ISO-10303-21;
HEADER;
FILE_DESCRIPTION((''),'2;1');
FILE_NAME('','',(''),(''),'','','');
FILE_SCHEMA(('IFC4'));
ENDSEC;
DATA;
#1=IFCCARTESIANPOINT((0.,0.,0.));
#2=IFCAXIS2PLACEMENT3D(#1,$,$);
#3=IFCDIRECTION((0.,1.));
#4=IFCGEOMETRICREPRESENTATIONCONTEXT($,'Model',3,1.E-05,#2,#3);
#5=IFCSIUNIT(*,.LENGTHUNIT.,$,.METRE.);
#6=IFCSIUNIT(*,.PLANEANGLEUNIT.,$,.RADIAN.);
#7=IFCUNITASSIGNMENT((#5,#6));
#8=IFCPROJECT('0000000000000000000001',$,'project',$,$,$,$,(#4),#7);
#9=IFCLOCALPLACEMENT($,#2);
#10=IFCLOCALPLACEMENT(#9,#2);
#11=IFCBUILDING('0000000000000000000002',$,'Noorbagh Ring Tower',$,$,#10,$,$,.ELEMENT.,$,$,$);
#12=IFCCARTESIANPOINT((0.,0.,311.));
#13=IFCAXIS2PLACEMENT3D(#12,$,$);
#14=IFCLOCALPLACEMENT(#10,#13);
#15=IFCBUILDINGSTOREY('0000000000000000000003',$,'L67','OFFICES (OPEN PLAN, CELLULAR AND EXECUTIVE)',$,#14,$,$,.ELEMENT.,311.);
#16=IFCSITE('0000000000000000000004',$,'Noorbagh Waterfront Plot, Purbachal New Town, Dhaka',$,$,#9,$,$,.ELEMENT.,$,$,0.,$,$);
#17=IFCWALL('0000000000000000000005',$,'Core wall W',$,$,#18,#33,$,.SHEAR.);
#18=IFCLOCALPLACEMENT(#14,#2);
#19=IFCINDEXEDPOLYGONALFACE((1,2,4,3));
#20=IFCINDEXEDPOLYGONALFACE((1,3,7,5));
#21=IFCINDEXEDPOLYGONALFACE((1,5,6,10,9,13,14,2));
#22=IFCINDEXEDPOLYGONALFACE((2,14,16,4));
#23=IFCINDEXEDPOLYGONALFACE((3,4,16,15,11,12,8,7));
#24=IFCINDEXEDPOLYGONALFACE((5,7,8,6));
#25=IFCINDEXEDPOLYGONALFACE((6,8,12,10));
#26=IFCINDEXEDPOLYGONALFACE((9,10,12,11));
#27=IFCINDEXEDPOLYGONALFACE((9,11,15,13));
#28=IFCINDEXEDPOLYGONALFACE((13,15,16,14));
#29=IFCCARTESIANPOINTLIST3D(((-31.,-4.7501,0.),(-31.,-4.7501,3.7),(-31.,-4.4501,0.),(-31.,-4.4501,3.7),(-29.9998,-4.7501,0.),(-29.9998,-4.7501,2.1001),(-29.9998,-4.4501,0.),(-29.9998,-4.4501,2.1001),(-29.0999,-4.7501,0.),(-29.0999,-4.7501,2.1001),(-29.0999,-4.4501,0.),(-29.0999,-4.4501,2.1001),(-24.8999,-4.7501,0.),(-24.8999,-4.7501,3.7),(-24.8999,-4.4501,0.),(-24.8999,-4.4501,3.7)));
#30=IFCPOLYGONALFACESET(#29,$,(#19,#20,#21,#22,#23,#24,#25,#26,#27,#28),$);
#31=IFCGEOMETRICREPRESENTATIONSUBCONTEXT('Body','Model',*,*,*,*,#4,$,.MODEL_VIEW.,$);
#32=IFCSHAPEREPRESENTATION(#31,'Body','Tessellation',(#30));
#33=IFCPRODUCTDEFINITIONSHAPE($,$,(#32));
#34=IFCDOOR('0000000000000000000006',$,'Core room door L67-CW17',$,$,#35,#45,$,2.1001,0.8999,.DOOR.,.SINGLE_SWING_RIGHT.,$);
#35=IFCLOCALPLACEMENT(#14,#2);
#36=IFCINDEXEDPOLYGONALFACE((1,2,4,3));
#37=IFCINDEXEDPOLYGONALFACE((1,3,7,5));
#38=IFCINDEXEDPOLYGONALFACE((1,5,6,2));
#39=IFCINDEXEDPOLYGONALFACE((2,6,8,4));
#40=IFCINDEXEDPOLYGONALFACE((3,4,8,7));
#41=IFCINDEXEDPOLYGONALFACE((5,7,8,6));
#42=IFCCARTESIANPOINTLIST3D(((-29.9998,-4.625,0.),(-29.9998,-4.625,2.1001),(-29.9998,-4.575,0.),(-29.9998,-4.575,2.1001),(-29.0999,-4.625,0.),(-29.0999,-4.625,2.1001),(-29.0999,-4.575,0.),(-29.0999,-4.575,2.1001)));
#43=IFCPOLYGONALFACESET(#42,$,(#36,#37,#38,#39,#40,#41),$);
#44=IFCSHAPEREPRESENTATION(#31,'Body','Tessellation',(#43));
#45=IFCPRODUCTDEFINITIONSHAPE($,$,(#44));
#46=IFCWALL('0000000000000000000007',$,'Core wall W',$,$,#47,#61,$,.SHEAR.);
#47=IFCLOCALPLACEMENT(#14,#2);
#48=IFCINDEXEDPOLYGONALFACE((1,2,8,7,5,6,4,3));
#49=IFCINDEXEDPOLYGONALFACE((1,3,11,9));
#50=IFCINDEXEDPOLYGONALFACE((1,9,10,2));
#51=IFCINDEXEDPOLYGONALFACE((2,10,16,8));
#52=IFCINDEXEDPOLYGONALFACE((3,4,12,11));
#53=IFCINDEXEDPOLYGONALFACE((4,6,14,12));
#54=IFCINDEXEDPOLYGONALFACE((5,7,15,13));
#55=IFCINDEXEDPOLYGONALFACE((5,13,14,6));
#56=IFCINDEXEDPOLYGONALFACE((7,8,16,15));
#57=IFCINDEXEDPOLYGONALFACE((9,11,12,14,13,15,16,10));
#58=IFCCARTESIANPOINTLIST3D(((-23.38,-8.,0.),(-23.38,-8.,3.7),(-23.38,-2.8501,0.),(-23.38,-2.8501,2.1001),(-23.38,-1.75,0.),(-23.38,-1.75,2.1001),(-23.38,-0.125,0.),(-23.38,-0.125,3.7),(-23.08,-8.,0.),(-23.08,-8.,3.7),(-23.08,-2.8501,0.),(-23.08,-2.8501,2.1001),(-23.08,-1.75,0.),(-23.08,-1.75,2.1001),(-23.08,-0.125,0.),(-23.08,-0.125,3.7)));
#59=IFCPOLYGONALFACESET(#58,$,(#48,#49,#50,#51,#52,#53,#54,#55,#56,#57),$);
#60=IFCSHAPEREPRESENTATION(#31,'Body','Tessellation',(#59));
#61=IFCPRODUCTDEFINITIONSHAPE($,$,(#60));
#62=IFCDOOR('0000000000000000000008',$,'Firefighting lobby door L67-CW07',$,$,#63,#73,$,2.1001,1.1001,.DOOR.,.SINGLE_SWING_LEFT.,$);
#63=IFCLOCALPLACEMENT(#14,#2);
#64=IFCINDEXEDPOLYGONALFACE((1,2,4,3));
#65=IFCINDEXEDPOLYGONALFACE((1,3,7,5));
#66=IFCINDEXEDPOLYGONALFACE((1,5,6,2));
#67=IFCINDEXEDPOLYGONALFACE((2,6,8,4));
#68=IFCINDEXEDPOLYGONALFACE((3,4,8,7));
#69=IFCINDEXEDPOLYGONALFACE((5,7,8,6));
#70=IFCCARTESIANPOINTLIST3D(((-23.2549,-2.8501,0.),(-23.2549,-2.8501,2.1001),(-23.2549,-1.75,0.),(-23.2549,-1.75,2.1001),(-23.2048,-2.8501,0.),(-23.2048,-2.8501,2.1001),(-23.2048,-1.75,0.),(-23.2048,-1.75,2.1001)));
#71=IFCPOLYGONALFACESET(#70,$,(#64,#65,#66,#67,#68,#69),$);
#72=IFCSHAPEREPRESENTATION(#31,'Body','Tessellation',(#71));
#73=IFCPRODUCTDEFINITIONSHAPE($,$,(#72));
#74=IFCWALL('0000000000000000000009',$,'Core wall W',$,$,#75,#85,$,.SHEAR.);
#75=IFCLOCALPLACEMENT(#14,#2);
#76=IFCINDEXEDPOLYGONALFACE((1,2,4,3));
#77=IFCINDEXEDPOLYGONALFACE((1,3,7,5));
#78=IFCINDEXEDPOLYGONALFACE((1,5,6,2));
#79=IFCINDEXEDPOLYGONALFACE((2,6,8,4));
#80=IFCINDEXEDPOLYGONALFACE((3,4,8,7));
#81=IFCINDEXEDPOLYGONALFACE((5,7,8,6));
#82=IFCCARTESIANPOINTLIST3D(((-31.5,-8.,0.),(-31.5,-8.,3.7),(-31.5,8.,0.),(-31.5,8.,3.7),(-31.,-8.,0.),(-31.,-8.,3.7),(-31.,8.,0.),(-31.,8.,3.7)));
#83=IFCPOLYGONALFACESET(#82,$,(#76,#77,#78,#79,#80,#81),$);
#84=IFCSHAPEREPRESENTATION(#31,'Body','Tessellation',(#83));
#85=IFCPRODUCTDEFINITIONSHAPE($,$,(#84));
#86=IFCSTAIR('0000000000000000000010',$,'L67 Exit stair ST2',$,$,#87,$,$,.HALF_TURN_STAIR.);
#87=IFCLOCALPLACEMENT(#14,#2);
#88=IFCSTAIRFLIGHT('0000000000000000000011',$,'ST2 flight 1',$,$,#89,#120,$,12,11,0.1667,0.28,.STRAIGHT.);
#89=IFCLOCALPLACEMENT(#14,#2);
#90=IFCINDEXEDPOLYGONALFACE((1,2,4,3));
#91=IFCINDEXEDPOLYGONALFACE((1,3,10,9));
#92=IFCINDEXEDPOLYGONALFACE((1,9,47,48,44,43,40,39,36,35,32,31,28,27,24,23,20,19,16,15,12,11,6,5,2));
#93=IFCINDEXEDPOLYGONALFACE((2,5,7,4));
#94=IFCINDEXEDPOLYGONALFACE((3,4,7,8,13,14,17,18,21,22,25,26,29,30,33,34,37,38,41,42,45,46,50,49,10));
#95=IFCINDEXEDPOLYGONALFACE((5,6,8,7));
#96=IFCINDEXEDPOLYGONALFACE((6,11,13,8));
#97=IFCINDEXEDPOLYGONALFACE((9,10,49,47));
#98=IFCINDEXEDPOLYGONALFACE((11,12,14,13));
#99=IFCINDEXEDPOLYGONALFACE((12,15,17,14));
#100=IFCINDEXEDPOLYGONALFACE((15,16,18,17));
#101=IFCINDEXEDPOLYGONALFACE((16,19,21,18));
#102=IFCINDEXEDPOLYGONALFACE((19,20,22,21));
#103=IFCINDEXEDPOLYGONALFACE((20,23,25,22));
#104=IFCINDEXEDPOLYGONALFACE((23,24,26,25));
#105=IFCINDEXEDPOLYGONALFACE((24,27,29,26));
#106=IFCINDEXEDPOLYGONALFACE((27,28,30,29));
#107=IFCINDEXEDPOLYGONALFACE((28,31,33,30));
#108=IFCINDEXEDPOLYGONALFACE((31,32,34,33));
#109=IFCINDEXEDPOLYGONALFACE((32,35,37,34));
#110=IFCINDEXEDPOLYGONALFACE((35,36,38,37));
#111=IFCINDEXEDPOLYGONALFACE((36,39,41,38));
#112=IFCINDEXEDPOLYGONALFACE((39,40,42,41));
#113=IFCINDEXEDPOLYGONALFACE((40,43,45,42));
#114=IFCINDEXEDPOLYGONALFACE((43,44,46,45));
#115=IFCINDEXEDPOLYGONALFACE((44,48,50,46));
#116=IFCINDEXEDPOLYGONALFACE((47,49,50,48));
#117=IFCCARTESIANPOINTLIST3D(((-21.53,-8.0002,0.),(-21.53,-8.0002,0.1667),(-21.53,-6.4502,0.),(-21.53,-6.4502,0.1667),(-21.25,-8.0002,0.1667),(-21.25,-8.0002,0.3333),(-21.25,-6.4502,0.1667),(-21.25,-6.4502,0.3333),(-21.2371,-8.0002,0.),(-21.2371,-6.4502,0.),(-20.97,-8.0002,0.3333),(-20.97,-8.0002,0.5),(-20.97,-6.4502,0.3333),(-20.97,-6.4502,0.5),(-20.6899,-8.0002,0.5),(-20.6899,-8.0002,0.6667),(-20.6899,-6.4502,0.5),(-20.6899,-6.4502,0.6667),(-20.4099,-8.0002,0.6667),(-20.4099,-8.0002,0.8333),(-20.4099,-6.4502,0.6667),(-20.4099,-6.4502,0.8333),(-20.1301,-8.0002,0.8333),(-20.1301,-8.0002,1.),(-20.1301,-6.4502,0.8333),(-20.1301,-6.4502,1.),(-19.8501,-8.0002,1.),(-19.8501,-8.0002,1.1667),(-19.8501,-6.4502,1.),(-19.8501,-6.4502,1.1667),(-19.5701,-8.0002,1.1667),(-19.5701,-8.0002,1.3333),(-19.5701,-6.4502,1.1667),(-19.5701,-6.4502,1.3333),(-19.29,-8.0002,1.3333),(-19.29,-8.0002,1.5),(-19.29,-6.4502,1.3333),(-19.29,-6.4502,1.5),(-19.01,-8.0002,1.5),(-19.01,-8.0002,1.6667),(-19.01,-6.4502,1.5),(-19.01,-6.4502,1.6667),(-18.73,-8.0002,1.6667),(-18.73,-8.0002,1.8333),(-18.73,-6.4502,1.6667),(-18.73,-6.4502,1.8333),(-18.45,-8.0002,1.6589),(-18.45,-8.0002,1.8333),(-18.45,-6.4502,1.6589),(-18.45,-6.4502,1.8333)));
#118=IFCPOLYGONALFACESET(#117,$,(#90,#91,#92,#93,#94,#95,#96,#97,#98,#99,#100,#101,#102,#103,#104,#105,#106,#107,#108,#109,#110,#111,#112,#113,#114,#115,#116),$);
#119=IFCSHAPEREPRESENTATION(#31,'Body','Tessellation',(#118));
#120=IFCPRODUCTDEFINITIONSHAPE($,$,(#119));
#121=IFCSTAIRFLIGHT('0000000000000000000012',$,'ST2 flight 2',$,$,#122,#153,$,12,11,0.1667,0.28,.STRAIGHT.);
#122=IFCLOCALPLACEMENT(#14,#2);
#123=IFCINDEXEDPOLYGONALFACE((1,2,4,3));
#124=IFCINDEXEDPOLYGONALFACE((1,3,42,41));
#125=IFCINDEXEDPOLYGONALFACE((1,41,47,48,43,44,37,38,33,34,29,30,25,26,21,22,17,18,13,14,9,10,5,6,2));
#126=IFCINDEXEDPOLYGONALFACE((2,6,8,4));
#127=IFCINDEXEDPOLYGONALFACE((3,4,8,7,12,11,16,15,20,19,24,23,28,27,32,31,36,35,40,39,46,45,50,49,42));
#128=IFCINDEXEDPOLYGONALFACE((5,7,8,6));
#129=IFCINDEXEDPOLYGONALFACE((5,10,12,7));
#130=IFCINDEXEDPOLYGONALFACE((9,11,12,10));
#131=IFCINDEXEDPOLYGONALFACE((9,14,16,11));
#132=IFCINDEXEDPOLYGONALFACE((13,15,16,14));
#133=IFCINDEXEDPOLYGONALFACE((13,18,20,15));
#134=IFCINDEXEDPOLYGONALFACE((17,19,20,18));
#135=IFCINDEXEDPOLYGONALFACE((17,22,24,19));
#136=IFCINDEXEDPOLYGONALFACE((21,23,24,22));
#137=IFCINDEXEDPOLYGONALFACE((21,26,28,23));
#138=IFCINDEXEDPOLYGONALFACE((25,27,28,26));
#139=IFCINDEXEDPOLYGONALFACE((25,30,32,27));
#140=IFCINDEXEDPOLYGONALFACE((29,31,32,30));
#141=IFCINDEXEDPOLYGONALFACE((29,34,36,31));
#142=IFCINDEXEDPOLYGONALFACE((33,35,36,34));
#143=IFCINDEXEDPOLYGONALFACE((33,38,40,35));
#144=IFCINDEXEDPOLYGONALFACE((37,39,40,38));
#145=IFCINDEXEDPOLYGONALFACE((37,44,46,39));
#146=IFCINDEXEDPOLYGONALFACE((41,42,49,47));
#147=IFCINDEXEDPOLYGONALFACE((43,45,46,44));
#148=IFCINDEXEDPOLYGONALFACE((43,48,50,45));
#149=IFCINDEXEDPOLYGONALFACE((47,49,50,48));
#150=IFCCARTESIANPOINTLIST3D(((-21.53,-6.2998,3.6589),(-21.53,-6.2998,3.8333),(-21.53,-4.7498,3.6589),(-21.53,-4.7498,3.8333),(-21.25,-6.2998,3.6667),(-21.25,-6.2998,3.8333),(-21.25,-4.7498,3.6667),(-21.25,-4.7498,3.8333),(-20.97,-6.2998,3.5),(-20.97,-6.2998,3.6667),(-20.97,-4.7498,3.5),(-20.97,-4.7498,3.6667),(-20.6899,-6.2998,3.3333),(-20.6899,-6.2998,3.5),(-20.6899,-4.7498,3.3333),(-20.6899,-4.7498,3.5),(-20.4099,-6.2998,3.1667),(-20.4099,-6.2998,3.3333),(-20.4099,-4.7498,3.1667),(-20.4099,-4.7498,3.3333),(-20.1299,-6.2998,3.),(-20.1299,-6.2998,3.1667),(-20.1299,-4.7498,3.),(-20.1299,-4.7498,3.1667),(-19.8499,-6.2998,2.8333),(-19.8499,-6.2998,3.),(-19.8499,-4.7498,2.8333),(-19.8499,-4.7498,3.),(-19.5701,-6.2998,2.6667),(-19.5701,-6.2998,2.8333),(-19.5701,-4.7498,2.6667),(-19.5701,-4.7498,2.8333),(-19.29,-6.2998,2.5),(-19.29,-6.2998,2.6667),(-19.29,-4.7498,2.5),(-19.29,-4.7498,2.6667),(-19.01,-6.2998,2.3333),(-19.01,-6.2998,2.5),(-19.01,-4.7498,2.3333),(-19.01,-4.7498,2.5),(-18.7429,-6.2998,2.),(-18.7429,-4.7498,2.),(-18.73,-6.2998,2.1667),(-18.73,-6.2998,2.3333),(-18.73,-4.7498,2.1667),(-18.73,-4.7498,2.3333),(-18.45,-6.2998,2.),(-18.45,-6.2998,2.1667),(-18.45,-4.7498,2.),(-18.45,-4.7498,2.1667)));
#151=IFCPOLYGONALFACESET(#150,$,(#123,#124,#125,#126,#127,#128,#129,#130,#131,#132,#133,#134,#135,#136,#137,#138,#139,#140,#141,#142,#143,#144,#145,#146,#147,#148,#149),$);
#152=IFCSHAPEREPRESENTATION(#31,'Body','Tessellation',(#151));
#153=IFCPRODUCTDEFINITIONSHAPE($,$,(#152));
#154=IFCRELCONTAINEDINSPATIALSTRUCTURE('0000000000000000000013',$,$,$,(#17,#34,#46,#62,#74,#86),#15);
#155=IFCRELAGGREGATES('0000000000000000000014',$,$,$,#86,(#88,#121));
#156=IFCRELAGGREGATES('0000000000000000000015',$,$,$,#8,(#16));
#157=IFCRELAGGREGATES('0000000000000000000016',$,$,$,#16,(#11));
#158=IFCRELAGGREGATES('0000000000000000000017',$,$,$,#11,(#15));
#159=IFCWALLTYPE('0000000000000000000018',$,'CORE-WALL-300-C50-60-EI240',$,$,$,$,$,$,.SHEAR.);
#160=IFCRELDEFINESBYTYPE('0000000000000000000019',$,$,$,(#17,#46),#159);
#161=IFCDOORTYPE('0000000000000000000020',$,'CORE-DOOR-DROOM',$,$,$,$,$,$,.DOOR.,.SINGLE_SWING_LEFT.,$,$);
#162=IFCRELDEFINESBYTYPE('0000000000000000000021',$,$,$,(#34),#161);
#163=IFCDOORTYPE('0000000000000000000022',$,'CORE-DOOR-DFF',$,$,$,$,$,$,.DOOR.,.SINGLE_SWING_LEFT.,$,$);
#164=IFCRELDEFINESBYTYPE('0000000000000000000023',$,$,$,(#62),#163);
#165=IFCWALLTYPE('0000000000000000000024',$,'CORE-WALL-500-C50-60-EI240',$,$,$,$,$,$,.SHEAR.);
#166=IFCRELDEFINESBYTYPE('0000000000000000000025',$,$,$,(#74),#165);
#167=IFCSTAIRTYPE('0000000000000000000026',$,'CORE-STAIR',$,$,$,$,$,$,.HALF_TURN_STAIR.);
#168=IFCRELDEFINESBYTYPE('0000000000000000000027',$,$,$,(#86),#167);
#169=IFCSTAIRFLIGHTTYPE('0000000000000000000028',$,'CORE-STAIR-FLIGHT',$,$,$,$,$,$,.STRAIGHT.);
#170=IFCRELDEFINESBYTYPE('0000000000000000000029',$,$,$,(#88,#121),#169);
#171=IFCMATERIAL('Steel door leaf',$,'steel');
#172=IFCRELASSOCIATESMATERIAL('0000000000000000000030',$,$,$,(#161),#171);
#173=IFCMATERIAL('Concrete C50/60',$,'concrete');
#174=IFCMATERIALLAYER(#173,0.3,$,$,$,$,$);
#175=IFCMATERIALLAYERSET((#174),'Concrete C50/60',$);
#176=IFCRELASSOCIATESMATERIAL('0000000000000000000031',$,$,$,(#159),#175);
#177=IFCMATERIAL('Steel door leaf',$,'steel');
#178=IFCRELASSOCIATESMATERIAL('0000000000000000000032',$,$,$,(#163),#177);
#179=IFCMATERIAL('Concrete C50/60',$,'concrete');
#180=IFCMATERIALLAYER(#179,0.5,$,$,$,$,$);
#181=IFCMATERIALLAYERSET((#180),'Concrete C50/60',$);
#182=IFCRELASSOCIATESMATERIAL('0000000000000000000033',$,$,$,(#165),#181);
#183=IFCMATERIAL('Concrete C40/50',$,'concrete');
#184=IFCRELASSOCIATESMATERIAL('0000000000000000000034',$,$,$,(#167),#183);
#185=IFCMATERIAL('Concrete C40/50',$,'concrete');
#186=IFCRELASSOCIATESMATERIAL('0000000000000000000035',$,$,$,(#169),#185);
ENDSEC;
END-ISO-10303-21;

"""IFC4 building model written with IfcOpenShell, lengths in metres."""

from ifc_helpers import new_model, si_unit, direction, frame, frame_2d, origin, place, context, subcontext, project, spatial, polyline, rectangle, outline, extrude, material, layer, layer_set, type_object, element, fill, aggregate, save


model = new_model("IFC4")

# Units and contexts
model_context = context("Model", 3, precision=1e-05, world=origin(), true_north=direction((0.0, 1.0)))
body_context = subcontext(model_context, "Body", "Model", "MODEL_VIEW")
ifc_project = project(units=[si_unit("LENGTHUNIT", "METRE"), si_unit("PLANEANGLEUNIT", "RADIAN")], contexts=[model_context])

# Site, building, storey
site_placement = place(None, origin())
site = spatial("IfcSite", under=ifc_project, at=site_placement, Name="Noorbagh Waterfront Plot, Purbachal New Town, Dhaka", CompositionType="ELEMENT", RefElevation=0.0)
building_placement = place(site_placement, origin())
building = spatial("IfcBuilding", under=site, at=building_placement, Name="Noorbagh Ring Tower", CompositionType="ELEMENT")
storey_placement = place(building_placement, frame((0.0, 0.0, 311.0)))
storey = spatial("IfcBuildingStorey", under=building, at=storey_placement, Name="L67", Description="OFFICES (OPEN PLAN, CELLULAR AND EXECUTIVE)", CompositionType="ELEMENT", Elevation=311.0)

# Shared definitions
ifc_material_1 = material(Name="Steel door leaf", Category="steel")
door_type_1 = type_object("IfcDoorType", Name="CORE-DOOR-DROOM", OperationType="SINGLE_SWING_LEFT", PredefinedType="DOOR", material=ifc_material_1)

# Walls, openings, doors
ifc_material_2 = material(Name="Concrete C50/60", Category="concrete")
ifc_layer_1 = layer(ifc_material_2, 0.3)
ifc_layer_set_1 = layer_set([ifc_layer_1], Name="Concrete C50/60")
wall_type_1 = type_object("IfcWallType", Name="CORE-WALL-300-C50-60-EI240", PredefinedType="SHEAR", material=ifc_layer_set_1)
wall_1_placement = place(storey_placement, frame((-24.8999, -4.6001, 0.0), z_axis=(0.0, 0.0, 1.0), x_axis=(-1.0, 0.0, 0.0)))
wall_1 = element("IfcWall", 1, at=wall_1_placement, inside=storey, type_object=wall_type_1, Name="Core wall W", PredefinedType="SHEAR", context=body_context, shape_type="SweptSolid", body=[
    extrude(rectangle(XDim=6.1001, YDim=0.3, at=frame_2d((3.05, 0.0))), origin(), (0.0, 0.0, 1.0), 3.7),
])
opening_1_placement = place(wall_1_placement, frame((4.2, 0.0, 0.0)))
opening_1 = element("IfcOpeningElement", 2, at=opening_1_placement, cuts=wall_1, PredefinedType="OPENING", context=body_context, shape_type="SweptSolid", body=[
    extrude(rectangle(XDim=0.8999, YDim=2.1001, at=frame_2d((0.45, 1.05))), frame((0.0, 0.1602, 0.0), z_axis=(0.0, -1.0, 0.0), x_axis=(1.0, 0.0, 0.0)), (0.0, 0.0, 1.0), 0.3201),
])
door_1_placement = place(opening_1_placement, origin())
door_1 = element("IfcDoor", 3, at=door_1_placement, inside=storey, type_object=door_type_1, Name="Core room door L67-CW17", OperationType="SINGLE_SWING_RIGHT", OverallHeight=2.1001, OverallWidth=0.8999, PredefinedType="DOOR", context=body_context, shape_type="SweptSolid", body=[
    extrude(rectangle(XDim=0.8999, YDim=2.1001, at=frame_2d((0.45, 1.05))), frame((0.0, 0.0249, 0.0), z_axis=(0.0, -1.0, 0.0), x_axis=(1.0, 0.0, 0.0)), (0.0, 0.0, 1.0), 0.05),
])
fill(opening_1, door_1)
wall_2_placement = place(storey_placement, frame((-23.23, -8.0, 0.0), z_axis=(0.0, 0.0, 1.0), x_axis=(0.0, 1.0, 0.0)))
wall_2 = element("IfcWall", 4, at=wall_2_placement, inside=storey, type_object=wall_type_1, Name="Core wall W", PredefinedType="SHEAR", context=body_context, shape_type="SweptSolid", body=[
    extrude(rectangle(XDim=7.875, YDim=0.3, at=frame_2d((3.9375, 0.0))), origin(), (0.0, 0.0, 1.0), 3.7),
])
opening_2_placement = place(wall_2_placement, frame((5.1499, 0.0, 0.0)))
opening_2 = element("IfcOpeningElement", 5, at=opening_2_placement, cuts=wall_2, PredefinedType="OPENING", context=body_context, shape_type="SweptSolid", body=[
    extrude(rectangle(XDim=1.1001, YDim=2.1001, at=frame_2d((0.55, 1.05))), frame((0.0, 0.1602, 0.0), z_axis=(0.0, -1.0, 0.0), x_axis=(1.0, 0.0, 0.0)), (0.0, 0.0, 1.0), 0.3201),
])
ifc_material_3 = material(Name="Steel door leaf", Category="steel")
door_type_2 = type_object("IfcDoorType", Name="CORE-DOOR-DFF", OperationType="SINGLE_SWING_LEFT", PredefinedType="DOOR", material=ifc_material_3)
door_2_placement = place(opening_2_placement, origin())
door_2 = element("IfcDoor", 6, at=door_2_placement, inside=storey, type_object=door_type_2, Name="Firefighting lobby door L67-CW07", OperationType="SINGLE_SWING_LEFT", OverallHeight=2.1001, OverallWidth=1.1001, PredefinedType="DOOR", context=body_context, shape_type="SweptSolid", body=[
    extrude(rectangle(XDim=1.1001, YDim=2.1001, at=frame_2d((0.55, 1.05))), frame((0.0, 0.0249, 0.0), z_axis=(0.0, -1.0, 0.0), x_axis=(1.0, 0.0, 0.0)), (0.0, 0.0, 1.0), 0.05),
])
fill(opening_2, door_2)

# Wall
ifc_material_4 = material(Name="Concrete C50/60", Category="concrete")
ifc_layer_2 = layer(ifc_material_4, 0.5)
ifc_layer_set_2 = layer_set([ifc_layer_2], Name="Concrete C50/60")
wall_type_2 = type_object("IfcWallType", Name="CORE-WALL-500-C50-60-EI240", PredefinedType="SHEAR", material=ifc_layer_set_2)
wall_3_placement = place(storey_placement, frame((-31.25, -8.0, 0.0), z_axis=(0.0, 0.0, 1.0), x_axis=(0.0, 1.0, 0.0)))
element("IfcWall", 7, at=wall_3_placement, inside=storey, type_object=wall_type_2, Name="Core wall W", PredefinedType="SHEAR", context=body_context, shape_type="SweptSolid", body=[
    extrude(rectangle(XDim=16.0, YDim=0.5, at=frame_2d((8.0, 0.0))), origin(), (0.0, 0.0, 1.0), 3.7),
])

# Stair, stair flights
ifc_material_5 = material(Name="Concrete C40/50", Category="concrete")
stair_type = type_object("IfcStairType", Name="CORE-STAIR", PredefinedType="HALF_TURN_STAIR", material=ifc_material_5)
stair_placement = place(storey_placement, origin())
stair = element("IfcStair", 8, at=stair_placement, inside=storey, type_object=stair_type, Name="L67 Exit stair ST2", PredefinedType="HALF_TURN_STAIR")
ifc_material_6 = material(Name="Concrete C40/50", Category="concrete")
stair_flight_type = type_object("IfcStairFlightType", Name="CORE-STAIR-FLIGHT", PredefinedType="STRAIGHT", material=ifc_material_6)
stair_flight_1_placement = place(storey_placement, frame((-21.53, -7.2251, 0.0), z_axis=(0.0, 0.0, 1.0), x_axis=(1.0, 0.0, 0.0)))
stair_flight_1 = element("IfcStairFlight", 9, at=stair_flight_1_placement, type_object=stair_flight_type, Name="ST2 flight 1", NumberOfRisers=12, NumberOfTreads=11, PredefinedType="STRAIGHT", RiserHeight=0.1667, TreadLength=0.28, context=body_context, shape_type="SweptSolid", body=[
    extrude(outline(polyline([(0.0, 0.0), (0.0, 0.1667), (0.28, 0.1667), (0.28, 0.3333), (0.5601, 0.3333), (0.5601, 0.5), (0.8401, 0.5), (0.8401, 0.6667), (1.1201, 0.6667), (1.1201, 0.8333), (1.3999, 0.8333), (1.3999, 1.0), (1.6799, 1.0), (1.6799, 1.1667), (1.96, 1.1667), (1.96, 1.3333), (2.24, 1.3333), (2.24, 1.5), (2.52, 1.5), (2.52, 1.6667), (2.8, 1.6667), (2.8, 1.8333), (3.0801, 1.8333), (3.0801, 2.0), (3.0801, 1.6589), (0.293, 0.0), (0.0, 0.0)])), frame((0.0, 0.7749, 0.0), z_axis=(0.0, -1.0, 0.0), x_axis=(1.0, 0.0, 0.0)), (0.0, 0.0, 1.0), 1.55),
])
stair_flight_2_placement = place(storey_placement, frame((-18.45, -5.5249, 2.0), z_axis=(0.0, 0.0, 1.0), x_axis=(-1.0, 0.0, 0.0)))
stair_flight_2 = element("IfcStairFlight", 10, at=stair_flight_2_placement, type_object=stair_flight_type, Name="ST2 flight 2", NumberOfRisers=12, NumberOfTreads=11, PredefinedType="STRAIGHT", RiserHeight=0.1667, TreadLength=0.28, context=body_context, shape_type="SweptSolid", body=[
    extrude(outline(polyline([(0.0, 0.0), (0.0, 0.1667), (0.28, 0.1667), (0.28, 0.3333), (0.5601, 0.3333), (0.5601, 0.5), (0.8401, 0.5), (0.8401, 0.6667), (1.1201, 0.6667), (1.1201, 0.8333), (1.3999, 0.8333), (1.3999, 1.0), (1.6799, 1.0), (1.6799, 1.1667), (1.96, 1.1667), (1.96, 1.3333), (2.24, 1.3333), (2.24, 1.5), (2.52, 1.5), (2.52, 1.6667), (2.8, 1.6667), (2.8, 1.8333), (3.0801, 1.8333), (3.0801, 2.0), (3.0801, 1.6589), (0.293, 0.0), (0.0, 0.0)])), frame((0.0, 0.7749, 0.0), z_axis=(0.0, -1.0, 0.0), x_axis=(1.0, 0.0, 0.0)), (0.0, 0.0, 1.0), 1.55),
])
aggregate(stair, [stair_flight_1, stair_flight_2])

save(model, "model.ifc")
